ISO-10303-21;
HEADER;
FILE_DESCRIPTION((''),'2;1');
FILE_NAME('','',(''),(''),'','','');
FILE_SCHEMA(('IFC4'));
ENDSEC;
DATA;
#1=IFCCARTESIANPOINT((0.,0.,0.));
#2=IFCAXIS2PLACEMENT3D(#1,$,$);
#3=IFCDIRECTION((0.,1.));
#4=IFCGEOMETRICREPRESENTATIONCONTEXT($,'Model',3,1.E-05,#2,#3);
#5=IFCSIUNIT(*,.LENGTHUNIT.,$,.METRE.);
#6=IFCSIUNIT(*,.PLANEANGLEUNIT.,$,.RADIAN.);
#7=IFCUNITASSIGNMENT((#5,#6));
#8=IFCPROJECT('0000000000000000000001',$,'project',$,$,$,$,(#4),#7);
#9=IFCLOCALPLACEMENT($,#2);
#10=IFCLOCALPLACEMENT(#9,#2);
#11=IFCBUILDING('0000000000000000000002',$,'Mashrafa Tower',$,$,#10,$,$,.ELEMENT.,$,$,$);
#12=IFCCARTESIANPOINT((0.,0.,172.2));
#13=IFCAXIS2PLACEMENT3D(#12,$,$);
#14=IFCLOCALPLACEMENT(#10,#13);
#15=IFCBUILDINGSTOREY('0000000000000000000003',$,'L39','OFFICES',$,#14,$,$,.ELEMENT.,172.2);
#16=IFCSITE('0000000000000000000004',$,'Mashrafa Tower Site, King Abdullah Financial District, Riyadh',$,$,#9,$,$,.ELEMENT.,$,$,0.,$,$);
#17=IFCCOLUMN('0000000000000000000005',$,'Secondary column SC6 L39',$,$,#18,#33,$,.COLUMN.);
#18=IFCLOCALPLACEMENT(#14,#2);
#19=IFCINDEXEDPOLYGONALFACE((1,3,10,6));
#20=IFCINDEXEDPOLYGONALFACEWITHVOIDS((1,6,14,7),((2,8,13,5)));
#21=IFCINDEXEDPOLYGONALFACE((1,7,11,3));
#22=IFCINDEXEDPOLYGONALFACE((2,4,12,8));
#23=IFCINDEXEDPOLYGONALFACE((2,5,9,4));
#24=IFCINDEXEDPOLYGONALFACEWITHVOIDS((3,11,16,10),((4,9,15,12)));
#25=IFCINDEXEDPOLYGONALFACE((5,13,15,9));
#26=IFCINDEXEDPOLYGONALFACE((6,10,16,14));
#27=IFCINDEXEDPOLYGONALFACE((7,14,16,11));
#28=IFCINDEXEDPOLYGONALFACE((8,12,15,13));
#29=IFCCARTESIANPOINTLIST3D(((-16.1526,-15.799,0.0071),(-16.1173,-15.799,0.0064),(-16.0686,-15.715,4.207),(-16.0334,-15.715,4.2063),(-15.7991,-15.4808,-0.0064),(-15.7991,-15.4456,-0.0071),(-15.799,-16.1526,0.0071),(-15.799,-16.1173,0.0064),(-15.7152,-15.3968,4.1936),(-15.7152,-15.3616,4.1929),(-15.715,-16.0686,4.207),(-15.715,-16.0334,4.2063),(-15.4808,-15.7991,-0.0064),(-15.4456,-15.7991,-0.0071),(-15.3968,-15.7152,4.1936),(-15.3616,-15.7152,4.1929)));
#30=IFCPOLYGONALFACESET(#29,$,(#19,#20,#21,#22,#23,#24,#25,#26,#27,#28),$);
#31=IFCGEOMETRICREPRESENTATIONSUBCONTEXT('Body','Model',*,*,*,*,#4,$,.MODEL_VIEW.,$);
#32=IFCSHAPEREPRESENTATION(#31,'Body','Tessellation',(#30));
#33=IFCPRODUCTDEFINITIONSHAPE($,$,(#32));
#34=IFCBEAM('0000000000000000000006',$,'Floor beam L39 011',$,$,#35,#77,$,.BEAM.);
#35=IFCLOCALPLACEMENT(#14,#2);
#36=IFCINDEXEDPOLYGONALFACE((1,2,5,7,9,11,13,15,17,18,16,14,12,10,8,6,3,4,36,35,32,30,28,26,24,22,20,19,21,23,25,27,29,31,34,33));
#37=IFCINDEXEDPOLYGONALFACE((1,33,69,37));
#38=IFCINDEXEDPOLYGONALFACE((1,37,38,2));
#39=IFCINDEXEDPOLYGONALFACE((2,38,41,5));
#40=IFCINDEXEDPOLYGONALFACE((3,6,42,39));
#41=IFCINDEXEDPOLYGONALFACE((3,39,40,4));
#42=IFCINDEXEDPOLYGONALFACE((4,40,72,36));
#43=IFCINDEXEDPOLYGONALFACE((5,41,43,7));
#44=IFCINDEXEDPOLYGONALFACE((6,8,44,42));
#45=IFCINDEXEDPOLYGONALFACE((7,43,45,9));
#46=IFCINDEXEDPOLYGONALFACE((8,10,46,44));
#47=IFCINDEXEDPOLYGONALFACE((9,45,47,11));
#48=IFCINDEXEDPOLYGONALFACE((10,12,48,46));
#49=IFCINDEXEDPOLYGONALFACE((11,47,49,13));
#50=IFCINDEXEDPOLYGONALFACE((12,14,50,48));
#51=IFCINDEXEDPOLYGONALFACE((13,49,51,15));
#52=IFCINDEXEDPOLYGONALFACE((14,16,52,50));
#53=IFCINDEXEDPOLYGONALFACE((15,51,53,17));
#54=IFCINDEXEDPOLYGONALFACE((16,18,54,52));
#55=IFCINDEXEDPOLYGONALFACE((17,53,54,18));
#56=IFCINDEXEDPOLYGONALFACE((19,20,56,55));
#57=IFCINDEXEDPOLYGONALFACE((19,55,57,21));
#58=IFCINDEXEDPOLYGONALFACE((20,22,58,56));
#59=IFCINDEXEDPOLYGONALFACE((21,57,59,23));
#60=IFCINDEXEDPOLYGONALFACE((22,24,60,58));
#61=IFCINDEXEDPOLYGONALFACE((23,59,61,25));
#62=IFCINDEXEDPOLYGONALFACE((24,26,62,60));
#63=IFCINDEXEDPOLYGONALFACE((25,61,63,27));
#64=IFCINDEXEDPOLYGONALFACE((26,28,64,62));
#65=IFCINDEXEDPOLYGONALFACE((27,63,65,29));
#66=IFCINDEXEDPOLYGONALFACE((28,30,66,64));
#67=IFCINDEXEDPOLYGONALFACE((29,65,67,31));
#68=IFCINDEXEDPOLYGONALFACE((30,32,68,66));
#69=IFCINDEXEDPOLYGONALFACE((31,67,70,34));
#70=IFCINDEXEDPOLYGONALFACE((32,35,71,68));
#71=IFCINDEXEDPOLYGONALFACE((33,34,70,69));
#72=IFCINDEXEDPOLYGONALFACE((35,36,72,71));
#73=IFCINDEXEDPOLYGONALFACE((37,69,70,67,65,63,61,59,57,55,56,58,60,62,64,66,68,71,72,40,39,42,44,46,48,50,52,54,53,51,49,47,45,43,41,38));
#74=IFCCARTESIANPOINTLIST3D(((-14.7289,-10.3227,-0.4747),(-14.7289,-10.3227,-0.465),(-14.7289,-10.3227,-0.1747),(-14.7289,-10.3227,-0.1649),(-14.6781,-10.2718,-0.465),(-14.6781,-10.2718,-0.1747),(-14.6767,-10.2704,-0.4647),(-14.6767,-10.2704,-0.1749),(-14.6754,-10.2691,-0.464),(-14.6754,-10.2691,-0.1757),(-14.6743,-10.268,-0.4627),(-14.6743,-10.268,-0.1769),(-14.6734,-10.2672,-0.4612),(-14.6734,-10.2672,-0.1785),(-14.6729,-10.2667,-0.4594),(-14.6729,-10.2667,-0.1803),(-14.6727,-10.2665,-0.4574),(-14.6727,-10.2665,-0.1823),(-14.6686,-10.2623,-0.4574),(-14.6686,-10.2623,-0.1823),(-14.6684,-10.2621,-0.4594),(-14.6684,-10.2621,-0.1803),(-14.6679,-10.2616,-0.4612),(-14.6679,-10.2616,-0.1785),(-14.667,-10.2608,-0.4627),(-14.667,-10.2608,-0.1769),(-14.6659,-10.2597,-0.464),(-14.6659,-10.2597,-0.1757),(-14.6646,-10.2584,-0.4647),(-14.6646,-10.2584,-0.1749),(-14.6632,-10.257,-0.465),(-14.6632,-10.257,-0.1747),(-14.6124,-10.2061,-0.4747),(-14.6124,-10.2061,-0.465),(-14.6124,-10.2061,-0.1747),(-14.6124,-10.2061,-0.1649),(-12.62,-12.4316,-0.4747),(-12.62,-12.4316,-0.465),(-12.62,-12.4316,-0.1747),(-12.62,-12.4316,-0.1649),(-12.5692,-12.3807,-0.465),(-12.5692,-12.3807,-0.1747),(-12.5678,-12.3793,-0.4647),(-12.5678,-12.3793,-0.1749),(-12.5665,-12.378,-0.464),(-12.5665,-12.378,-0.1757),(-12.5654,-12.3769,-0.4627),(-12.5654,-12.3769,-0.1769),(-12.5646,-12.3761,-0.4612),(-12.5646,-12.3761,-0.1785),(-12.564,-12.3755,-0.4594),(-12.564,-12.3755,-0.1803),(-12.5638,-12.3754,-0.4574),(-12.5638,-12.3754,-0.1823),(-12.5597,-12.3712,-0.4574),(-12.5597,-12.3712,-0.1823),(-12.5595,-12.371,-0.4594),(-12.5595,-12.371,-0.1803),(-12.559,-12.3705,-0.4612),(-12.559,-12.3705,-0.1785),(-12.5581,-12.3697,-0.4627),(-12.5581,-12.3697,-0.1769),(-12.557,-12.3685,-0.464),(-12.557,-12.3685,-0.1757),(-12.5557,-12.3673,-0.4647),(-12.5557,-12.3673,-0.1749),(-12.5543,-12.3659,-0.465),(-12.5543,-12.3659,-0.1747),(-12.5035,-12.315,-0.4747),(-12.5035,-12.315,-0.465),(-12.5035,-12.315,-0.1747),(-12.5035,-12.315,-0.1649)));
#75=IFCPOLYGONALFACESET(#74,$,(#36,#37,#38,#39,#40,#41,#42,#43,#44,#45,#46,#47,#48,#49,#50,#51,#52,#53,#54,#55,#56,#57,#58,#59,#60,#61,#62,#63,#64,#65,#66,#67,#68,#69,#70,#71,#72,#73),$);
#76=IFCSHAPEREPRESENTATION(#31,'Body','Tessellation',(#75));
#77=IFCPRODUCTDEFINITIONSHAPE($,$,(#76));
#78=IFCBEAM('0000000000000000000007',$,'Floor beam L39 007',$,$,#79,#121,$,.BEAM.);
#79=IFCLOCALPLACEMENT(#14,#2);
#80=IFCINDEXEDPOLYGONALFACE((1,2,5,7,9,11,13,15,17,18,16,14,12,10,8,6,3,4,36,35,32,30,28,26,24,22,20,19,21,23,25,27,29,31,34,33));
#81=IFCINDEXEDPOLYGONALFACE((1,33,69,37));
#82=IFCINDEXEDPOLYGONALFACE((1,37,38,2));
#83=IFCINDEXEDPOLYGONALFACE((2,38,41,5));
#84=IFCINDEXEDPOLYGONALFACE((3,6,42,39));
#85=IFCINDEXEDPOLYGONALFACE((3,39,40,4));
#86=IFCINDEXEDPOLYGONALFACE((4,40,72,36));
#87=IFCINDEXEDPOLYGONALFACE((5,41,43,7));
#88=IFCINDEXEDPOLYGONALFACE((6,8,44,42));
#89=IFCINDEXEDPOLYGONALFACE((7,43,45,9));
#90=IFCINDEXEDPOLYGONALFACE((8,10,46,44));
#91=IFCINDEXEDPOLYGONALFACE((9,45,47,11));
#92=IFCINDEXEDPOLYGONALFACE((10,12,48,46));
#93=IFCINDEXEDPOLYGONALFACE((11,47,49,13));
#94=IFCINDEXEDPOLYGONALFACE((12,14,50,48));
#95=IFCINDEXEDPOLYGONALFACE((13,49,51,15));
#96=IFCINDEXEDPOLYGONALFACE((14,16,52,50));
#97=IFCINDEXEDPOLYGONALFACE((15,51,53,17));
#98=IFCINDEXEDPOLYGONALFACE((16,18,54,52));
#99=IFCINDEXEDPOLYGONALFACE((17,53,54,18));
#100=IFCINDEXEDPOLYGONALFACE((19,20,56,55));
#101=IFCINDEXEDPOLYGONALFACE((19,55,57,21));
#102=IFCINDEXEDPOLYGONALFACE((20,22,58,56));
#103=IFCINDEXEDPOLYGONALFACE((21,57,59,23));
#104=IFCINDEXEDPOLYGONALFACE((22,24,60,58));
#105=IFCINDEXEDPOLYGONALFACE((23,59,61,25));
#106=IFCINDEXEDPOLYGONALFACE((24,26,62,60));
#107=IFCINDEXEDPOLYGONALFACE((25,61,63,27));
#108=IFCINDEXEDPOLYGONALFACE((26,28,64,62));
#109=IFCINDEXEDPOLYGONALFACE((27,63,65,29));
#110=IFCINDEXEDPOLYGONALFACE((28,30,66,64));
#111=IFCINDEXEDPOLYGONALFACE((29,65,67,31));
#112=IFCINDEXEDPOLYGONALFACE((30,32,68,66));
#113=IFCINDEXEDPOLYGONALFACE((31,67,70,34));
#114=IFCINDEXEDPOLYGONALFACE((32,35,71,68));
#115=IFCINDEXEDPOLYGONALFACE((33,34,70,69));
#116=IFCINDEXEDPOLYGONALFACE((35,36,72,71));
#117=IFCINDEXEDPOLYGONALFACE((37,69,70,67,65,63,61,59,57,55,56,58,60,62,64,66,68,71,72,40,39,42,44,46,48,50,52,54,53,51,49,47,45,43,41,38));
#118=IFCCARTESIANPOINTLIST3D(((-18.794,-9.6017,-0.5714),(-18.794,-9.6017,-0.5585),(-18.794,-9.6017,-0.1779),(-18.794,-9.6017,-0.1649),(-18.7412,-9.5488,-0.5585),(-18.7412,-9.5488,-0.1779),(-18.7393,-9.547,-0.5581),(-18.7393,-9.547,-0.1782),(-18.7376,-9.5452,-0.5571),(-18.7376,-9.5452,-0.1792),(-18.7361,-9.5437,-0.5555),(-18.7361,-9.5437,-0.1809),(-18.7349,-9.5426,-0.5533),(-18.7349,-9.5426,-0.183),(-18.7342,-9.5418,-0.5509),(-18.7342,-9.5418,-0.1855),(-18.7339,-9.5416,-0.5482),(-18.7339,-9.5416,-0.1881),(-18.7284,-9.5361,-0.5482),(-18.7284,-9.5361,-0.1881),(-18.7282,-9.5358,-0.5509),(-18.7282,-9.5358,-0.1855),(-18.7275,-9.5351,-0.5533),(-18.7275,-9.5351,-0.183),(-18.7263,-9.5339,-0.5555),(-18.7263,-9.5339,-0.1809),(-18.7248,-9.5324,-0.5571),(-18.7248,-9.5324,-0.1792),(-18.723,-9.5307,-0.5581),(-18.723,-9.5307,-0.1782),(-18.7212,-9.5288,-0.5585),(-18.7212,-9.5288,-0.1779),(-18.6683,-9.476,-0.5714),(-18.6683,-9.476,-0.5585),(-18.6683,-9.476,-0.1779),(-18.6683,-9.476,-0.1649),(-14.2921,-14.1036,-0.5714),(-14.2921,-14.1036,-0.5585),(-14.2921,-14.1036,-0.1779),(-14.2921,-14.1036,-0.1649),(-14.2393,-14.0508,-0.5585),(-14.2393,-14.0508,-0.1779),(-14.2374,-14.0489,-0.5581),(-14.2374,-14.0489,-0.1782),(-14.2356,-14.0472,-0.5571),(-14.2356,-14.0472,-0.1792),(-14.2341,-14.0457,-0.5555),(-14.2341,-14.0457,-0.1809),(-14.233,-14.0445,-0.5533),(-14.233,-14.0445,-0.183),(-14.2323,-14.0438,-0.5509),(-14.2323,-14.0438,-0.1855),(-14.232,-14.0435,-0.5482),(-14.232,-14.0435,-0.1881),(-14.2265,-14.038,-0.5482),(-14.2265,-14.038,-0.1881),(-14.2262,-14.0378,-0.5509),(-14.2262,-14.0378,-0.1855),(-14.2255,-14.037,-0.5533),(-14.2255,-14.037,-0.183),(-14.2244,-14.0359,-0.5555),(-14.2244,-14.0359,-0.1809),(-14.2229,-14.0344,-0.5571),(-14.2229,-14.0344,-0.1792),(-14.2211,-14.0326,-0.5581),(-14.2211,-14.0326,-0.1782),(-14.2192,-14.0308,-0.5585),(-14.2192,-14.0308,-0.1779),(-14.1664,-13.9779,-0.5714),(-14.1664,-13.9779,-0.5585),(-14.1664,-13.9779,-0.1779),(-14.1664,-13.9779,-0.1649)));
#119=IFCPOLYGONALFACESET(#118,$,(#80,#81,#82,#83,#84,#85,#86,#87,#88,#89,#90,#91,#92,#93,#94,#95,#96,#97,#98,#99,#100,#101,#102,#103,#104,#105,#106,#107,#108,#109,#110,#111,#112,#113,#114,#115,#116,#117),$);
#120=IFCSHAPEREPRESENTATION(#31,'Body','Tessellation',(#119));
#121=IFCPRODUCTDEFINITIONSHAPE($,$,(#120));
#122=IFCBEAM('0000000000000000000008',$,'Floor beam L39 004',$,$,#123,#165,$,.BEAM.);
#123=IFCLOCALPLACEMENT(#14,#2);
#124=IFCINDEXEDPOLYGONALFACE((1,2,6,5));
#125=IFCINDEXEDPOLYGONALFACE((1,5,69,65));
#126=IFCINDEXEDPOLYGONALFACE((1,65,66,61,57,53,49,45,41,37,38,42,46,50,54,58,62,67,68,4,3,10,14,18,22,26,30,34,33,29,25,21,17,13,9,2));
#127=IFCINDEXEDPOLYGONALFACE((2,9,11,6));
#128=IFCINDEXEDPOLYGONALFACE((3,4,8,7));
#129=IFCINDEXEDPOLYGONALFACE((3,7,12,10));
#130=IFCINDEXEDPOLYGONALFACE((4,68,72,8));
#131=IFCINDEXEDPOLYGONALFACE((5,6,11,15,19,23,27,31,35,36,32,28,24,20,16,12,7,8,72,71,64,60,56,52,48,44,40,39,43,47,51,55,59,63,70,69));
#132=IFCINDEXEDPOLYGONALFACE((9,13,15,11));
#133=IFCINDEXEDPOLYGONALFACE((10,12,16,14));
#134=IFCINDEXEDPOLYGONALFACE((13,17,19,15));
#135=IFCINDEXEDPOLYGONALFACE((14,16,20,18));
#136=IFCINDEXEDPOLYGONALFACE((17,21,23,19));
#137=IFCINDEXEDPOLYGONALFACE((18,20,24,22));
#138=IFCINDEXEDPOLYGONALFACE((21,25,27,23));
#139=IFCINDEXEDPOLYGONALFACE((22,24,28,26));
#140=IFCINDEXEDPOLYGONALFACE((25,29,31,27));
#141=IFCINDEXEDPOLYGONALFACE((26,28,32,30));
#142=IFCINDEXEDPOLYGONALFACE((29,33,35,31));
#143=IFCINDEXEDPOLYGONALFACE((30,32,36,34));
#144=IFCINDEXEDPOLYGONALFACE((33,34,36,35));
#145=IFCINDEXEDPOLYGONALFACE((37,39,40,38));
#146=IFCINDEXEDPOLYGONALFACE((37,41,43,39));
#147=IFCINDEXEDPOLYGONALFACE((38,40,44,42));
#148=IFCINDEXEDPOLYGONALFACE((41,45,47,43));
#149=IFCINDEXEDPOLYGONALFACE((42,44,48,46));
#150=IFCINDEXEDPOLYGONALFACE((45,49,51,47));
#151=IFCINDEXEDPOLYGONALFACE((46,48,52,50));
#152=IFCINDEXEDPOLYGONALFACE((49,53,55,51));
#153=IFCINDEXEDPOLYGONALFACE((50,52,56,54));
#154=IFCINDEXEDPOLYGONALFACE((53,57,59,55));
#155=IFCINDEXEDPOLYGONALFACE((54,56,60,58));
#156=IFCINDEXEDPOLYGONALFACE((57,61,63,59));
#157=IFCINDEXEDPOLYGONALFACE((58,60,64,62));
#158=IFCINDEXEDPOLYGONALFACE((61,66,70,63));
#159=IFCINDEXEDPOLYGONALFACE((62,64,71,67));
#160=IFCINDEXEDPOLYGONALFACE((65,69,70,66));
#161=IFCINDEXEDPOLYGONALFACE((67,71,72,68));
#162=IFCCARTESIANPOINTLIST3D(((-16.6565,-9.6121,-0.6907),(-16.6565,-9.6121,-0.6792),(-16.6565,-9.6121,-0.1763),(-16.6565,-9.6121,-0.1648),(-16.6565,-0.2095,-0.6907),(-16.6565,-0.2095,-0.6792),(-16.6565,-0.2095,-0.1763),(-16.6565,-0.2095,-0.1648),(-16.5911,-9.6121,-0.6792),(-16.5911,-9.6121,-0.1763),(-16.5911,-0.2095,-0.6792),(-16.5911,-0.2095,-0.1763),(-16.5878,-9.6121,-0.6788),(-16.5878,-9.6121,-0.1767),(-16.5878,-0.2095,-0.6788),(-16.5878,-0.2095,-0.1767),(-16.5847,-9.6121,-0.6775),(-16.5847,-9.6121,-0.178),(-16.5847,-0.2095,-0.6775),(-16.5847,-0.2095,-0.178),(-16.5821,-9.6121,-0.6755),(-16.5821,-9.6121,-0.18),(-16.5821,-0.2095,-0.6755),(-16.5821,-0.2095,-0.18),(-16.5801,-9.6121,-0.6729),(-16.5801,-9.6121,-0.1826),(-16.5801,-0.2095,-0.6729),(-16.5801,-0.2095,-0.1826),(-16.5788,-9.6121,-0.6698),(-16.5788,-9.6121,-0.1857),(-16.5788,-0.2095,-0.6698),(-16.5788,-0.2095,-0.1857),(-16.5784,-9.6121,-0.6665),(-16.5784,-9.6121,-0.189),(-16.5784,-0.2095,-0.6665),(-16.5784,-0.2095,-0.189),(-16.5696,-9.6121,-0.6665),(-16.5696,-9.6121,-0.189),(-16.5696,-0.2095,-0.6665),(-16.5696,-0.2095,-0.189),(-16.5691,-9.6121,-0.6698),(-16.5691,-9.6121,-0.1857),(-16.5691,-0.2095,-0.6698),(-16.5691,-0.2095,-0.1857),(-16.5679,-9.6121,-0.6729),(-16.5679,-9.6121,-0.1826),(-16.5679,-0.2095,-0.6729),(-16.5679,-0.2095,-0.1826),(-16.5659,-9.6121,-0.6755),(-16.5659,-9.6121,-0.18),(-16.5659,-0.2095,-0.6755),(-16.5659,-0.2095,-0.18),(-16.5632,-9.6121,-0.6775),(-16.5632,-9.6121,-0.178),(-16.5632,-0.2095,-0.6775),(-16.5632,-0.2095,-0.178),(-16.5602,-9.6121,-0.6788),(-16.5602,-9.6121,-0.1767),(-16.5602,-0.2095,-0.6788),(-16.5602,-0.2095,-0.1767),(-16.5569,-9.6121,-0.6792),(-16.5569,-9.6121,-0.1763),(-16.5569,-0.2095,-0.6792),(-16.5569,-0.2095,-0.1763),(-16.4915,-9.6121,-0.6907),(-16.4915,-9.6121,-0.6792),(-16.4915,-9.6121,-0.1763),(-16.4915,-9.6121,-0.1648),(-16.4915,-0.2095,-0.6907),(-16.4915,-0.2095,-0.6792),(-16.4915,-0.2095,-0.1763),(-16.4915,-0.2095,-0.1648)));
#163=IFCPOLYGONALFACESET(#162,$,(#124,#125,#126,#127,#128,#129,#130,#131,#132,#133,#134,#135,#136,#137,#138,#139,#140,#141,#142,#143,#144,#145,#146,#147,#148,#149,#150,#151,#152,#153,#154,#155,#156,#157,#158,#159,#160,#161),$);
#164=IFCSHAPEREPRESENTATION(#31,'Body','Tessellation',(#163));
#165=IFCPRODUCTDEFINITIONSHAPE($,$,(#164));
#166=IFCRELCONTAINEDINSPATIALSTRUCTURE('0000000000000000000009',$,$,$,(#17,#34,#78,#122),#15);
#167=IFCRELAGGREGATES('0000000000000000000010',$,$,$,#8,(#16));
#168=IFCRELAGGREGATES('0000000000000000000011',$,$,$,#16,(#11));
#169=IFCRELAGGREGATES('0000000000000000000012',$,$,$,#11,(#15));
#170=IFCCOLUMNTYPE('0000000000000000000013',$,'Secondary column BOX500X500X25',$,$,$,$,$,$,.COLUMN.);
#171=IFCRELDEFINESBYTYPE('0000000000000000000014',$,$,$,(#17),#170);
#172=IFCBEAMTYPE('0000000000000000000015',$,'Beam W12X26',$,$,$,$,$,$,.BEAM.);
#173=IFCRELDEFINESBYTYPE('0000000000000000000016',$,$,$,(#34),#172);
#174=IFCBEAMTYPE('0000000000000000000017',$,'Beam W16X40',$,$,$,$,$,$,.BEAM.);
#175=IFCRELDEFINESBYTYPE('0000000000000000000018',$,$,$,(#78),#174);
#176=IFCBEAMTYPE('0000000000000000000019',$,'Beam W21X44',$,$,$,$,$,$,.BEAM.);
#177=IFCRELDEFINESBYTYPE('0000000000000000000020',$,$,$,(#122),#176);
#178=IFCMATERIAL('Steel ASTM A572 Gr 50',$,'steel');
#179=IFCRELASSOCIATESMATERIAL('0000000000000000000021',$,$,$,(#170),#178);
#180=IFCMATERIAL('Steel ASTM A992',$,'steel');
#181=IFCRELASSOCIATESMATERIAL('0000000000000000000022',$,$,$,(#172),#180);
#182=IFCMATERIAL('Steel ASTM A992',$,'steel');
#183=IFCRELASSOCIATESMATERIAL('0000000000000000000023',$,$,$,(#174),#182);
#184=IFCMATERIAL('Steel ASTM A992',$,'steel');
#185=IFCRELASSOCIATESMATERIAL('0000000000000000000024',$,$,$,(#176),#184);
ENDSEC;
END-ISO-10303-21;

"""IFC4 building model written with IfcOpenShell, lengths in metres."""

from ifc_helpers import new_model, si_unit, direction, frame, origin, origin_2d, place, context, subcontext, project, spatial, hollow_rectangle, i_section, extrude, material, material_profile, profile_set, type_object, element, save


model = new_model("IFC4")

# Units and contexts
model_context = context("Model", 3, precision=1e-05, world=origin(), true_north=direction((0.0, 1.0)))
body_context = subcontext(model_context, "Body", "Model", "MODEL_VIEW")
ifc_project = project(units=[si_unit("LENGTHUNIT", "METRE"), si_unit("PLANEANGLEUNIT", "RADIAN")], contexts=[model_context])

# Site, building, storey
site_placement = place(None, origin())
site = spatial("IfcSite", under=ifc_project, at=site_placement, Name="Mashrafa Tower Site, King Abdullah Financial District, Riyadh", CompositionType="ELEMENT", RefElevation=0.0)
building_placement = place(site_placement, origin())
building = spatial("IfcBuilding", under=site, at=building_placement, Name="Mashrafa Tower", CompositionType="ELEMENT")
storey_placement = place(building_placement, frame((0.0, 0.0, 172.2)))
storey = spatial("IfcBuildingStorey", under=building, at=storey_placement, Name="L39", Description="OFFICES", CompositionType="ELEMENT", Elevation=172.2)

# Column
ifc_material_1 = material(Name="Steel ASTM A572 Gr 50", Category="steel")
ifc_material_profile_1 = material_profile(ifc_material_1, hollow_rectangle(XDim=0.5, YDim=0.5, WallThickness=0.0249, at=origin_2d()), Name="BOX500X500X25")
ifc_profile_set_1 = profile_set([ifc_material_profile_1], Name="Steel ASTM A572 Gr 50")
column_type = type_object("IfcColumnType", Name="Secondary column BOX500X500X25", PredefinedType="COLUMN", material=ifc_profile_set_1)
column_placement = place(storey_placement, frame((-15.7991, -15.7991, 0.0), z_axis=(0.019989, 0.019989, 0.9996), x_axis=(-0.707107, 0.707107, 0.0)))
element("IfcColumn", 1, at=column_placement, inside=storey, type_object=column_type, Name="Secondary column SC6 L39", PredefinedType="COLUMN", context=body_context, shape_type="SweptSolid", body=[
    extrude(hollow_rectangle(XDim=0.5, YDim=0.5, WallThickness=0.0249, at=origin_2d()), origin(), (0.0, 0.0, 1.0), 4.2017),
])

# Beams
ifc_material_2 = material(Name="Steel ASTM A992", Category="steel")
ifc_material_profile_2 = material_profile(ifc_material_2, i_section(OverallWidth=0.1648, OverallDepth=0.3098, WebThickness=0.0059, FlangeThickness=0.0098, FilletRadius=0.0076, at=origin_2d()), Name="W12X26")
ifc_profile_set_2 = profile_set([ifc_material_profile_2], Name="Steel ASTM A992")
beam_type_1 = type_object("IfcBeamType", Name="Beam W12X26", PredefinedType="BEAM", material=ifc_profile_set_2)
beam_1_placement = place(storey_placement, frame((-12.5618, -12.3733, -0.3198), z_axis=(-0.707107, 0.707107, 0.0), x_axis=(-0.707107, -0.707107, 0.0)))
element("IfcBeam", 2, at=beam_1_placement, inside=storey, type_object=beam_type_1, Name="Floor beam L39 011", PredefinedType="BEAM", context=body_context, shape_type="SweptSolid", body=[
    extrude(i_section(OverallWidth=0.1648, OverallDepth=0.3098, WebThickness=0.0059, FlangeThickness=0.0098, FilletRadius=0.0076, at=origin_2d()), origin(), (0.0, 0.0, 1.0), 2.9824),
])
ifc_material_3 = material(Name="Steel ASTM A992", Category="steel")
ifc_material_profile_3 = material_profile(ifc_material_3, i_section(OverallWidth=0.1777, OverallDepth=0.4065, WebThickness=0.0078, FlangeThickness=0.0129, FilletRadius=0.0103, at=origin_2d()), Name="W16X40")
ifc_profile_set_3 = profile_set([ifc_material_profile_3], Name="Steel ASTM A992")
beam_type_2 = type_object("IfcBeamType", Name="Beam W16X40", PredefinedType="BEAM", material=ifc_profile_set_3)
beam_2_placement = place(storey_placement, frame((-14.2292, -14.0408, -0.3682), z_axis=(-0.707107, 0.707107, 0.0), x_axis=(-0.707107, -0.707107, 0.0)))
element("IfcBeam", 3, at=beam_2_placement, inside=storey, type_object=beam_type_2, Name="Floor beam L39 007", PredefinedType="BEAM", context=body_context, shape_type="SweptSolid", body=[
    extrude(i_section(OverallWidth=0.1777, OverallDepth=0.4065, WebThickness=0.0078, FlangeThickness=0.0129, FilletRadius=0.0103, at=origin_2d()), origin(), (0.0, 0.0, 1.0), 6.3667),
])
ifc_material_4 = material(Name="Steel ASTM A992", Category="steel")
ifc_material_profile_4 = material_profile(ifc_material_4, i_section(OverallWidth=0.165, OverallDepth=0.5259, WebThickness=0.0088, FlangeThickness=0.0115, FilletRadius=0.0127, at=origin_2d()), Name="W21X44")
ifc_profile_set_4 = profile_set([ifc_material_profile_4], Name="Steel ASTM A992")
beam_type_3 = type_object("IfcBeamType", Name="Beam W21X44", PredefinedType="BEAM", material=ifc_profile_set_4)
beam_3_placement = place(storey_placement, frame((-16.574, -9.6121, -0.4277), z_axis=(0.0, 1.0, 0.0), x_axis=(-1.0, 0.0, 0.0)))
element("IfcBeam", 4, at=beam_3_placement, inside=storey, type_object=beam_type_3, Name="Floor beam L39 004", PredefinedType="BEAM", context=body_context, shape_type="SweptSolid", body=[
    extrude(i_section(OverallWidth=0.165, OverallDepth=0.5259, WebThickness=0.0088, FlangeThickness=0.0115, FilletRadius=0.0127, at=origin_2d()), origin(), (0.0, 0.0, 1.0), 9.4026),
])

save(model, "model.ifc")
